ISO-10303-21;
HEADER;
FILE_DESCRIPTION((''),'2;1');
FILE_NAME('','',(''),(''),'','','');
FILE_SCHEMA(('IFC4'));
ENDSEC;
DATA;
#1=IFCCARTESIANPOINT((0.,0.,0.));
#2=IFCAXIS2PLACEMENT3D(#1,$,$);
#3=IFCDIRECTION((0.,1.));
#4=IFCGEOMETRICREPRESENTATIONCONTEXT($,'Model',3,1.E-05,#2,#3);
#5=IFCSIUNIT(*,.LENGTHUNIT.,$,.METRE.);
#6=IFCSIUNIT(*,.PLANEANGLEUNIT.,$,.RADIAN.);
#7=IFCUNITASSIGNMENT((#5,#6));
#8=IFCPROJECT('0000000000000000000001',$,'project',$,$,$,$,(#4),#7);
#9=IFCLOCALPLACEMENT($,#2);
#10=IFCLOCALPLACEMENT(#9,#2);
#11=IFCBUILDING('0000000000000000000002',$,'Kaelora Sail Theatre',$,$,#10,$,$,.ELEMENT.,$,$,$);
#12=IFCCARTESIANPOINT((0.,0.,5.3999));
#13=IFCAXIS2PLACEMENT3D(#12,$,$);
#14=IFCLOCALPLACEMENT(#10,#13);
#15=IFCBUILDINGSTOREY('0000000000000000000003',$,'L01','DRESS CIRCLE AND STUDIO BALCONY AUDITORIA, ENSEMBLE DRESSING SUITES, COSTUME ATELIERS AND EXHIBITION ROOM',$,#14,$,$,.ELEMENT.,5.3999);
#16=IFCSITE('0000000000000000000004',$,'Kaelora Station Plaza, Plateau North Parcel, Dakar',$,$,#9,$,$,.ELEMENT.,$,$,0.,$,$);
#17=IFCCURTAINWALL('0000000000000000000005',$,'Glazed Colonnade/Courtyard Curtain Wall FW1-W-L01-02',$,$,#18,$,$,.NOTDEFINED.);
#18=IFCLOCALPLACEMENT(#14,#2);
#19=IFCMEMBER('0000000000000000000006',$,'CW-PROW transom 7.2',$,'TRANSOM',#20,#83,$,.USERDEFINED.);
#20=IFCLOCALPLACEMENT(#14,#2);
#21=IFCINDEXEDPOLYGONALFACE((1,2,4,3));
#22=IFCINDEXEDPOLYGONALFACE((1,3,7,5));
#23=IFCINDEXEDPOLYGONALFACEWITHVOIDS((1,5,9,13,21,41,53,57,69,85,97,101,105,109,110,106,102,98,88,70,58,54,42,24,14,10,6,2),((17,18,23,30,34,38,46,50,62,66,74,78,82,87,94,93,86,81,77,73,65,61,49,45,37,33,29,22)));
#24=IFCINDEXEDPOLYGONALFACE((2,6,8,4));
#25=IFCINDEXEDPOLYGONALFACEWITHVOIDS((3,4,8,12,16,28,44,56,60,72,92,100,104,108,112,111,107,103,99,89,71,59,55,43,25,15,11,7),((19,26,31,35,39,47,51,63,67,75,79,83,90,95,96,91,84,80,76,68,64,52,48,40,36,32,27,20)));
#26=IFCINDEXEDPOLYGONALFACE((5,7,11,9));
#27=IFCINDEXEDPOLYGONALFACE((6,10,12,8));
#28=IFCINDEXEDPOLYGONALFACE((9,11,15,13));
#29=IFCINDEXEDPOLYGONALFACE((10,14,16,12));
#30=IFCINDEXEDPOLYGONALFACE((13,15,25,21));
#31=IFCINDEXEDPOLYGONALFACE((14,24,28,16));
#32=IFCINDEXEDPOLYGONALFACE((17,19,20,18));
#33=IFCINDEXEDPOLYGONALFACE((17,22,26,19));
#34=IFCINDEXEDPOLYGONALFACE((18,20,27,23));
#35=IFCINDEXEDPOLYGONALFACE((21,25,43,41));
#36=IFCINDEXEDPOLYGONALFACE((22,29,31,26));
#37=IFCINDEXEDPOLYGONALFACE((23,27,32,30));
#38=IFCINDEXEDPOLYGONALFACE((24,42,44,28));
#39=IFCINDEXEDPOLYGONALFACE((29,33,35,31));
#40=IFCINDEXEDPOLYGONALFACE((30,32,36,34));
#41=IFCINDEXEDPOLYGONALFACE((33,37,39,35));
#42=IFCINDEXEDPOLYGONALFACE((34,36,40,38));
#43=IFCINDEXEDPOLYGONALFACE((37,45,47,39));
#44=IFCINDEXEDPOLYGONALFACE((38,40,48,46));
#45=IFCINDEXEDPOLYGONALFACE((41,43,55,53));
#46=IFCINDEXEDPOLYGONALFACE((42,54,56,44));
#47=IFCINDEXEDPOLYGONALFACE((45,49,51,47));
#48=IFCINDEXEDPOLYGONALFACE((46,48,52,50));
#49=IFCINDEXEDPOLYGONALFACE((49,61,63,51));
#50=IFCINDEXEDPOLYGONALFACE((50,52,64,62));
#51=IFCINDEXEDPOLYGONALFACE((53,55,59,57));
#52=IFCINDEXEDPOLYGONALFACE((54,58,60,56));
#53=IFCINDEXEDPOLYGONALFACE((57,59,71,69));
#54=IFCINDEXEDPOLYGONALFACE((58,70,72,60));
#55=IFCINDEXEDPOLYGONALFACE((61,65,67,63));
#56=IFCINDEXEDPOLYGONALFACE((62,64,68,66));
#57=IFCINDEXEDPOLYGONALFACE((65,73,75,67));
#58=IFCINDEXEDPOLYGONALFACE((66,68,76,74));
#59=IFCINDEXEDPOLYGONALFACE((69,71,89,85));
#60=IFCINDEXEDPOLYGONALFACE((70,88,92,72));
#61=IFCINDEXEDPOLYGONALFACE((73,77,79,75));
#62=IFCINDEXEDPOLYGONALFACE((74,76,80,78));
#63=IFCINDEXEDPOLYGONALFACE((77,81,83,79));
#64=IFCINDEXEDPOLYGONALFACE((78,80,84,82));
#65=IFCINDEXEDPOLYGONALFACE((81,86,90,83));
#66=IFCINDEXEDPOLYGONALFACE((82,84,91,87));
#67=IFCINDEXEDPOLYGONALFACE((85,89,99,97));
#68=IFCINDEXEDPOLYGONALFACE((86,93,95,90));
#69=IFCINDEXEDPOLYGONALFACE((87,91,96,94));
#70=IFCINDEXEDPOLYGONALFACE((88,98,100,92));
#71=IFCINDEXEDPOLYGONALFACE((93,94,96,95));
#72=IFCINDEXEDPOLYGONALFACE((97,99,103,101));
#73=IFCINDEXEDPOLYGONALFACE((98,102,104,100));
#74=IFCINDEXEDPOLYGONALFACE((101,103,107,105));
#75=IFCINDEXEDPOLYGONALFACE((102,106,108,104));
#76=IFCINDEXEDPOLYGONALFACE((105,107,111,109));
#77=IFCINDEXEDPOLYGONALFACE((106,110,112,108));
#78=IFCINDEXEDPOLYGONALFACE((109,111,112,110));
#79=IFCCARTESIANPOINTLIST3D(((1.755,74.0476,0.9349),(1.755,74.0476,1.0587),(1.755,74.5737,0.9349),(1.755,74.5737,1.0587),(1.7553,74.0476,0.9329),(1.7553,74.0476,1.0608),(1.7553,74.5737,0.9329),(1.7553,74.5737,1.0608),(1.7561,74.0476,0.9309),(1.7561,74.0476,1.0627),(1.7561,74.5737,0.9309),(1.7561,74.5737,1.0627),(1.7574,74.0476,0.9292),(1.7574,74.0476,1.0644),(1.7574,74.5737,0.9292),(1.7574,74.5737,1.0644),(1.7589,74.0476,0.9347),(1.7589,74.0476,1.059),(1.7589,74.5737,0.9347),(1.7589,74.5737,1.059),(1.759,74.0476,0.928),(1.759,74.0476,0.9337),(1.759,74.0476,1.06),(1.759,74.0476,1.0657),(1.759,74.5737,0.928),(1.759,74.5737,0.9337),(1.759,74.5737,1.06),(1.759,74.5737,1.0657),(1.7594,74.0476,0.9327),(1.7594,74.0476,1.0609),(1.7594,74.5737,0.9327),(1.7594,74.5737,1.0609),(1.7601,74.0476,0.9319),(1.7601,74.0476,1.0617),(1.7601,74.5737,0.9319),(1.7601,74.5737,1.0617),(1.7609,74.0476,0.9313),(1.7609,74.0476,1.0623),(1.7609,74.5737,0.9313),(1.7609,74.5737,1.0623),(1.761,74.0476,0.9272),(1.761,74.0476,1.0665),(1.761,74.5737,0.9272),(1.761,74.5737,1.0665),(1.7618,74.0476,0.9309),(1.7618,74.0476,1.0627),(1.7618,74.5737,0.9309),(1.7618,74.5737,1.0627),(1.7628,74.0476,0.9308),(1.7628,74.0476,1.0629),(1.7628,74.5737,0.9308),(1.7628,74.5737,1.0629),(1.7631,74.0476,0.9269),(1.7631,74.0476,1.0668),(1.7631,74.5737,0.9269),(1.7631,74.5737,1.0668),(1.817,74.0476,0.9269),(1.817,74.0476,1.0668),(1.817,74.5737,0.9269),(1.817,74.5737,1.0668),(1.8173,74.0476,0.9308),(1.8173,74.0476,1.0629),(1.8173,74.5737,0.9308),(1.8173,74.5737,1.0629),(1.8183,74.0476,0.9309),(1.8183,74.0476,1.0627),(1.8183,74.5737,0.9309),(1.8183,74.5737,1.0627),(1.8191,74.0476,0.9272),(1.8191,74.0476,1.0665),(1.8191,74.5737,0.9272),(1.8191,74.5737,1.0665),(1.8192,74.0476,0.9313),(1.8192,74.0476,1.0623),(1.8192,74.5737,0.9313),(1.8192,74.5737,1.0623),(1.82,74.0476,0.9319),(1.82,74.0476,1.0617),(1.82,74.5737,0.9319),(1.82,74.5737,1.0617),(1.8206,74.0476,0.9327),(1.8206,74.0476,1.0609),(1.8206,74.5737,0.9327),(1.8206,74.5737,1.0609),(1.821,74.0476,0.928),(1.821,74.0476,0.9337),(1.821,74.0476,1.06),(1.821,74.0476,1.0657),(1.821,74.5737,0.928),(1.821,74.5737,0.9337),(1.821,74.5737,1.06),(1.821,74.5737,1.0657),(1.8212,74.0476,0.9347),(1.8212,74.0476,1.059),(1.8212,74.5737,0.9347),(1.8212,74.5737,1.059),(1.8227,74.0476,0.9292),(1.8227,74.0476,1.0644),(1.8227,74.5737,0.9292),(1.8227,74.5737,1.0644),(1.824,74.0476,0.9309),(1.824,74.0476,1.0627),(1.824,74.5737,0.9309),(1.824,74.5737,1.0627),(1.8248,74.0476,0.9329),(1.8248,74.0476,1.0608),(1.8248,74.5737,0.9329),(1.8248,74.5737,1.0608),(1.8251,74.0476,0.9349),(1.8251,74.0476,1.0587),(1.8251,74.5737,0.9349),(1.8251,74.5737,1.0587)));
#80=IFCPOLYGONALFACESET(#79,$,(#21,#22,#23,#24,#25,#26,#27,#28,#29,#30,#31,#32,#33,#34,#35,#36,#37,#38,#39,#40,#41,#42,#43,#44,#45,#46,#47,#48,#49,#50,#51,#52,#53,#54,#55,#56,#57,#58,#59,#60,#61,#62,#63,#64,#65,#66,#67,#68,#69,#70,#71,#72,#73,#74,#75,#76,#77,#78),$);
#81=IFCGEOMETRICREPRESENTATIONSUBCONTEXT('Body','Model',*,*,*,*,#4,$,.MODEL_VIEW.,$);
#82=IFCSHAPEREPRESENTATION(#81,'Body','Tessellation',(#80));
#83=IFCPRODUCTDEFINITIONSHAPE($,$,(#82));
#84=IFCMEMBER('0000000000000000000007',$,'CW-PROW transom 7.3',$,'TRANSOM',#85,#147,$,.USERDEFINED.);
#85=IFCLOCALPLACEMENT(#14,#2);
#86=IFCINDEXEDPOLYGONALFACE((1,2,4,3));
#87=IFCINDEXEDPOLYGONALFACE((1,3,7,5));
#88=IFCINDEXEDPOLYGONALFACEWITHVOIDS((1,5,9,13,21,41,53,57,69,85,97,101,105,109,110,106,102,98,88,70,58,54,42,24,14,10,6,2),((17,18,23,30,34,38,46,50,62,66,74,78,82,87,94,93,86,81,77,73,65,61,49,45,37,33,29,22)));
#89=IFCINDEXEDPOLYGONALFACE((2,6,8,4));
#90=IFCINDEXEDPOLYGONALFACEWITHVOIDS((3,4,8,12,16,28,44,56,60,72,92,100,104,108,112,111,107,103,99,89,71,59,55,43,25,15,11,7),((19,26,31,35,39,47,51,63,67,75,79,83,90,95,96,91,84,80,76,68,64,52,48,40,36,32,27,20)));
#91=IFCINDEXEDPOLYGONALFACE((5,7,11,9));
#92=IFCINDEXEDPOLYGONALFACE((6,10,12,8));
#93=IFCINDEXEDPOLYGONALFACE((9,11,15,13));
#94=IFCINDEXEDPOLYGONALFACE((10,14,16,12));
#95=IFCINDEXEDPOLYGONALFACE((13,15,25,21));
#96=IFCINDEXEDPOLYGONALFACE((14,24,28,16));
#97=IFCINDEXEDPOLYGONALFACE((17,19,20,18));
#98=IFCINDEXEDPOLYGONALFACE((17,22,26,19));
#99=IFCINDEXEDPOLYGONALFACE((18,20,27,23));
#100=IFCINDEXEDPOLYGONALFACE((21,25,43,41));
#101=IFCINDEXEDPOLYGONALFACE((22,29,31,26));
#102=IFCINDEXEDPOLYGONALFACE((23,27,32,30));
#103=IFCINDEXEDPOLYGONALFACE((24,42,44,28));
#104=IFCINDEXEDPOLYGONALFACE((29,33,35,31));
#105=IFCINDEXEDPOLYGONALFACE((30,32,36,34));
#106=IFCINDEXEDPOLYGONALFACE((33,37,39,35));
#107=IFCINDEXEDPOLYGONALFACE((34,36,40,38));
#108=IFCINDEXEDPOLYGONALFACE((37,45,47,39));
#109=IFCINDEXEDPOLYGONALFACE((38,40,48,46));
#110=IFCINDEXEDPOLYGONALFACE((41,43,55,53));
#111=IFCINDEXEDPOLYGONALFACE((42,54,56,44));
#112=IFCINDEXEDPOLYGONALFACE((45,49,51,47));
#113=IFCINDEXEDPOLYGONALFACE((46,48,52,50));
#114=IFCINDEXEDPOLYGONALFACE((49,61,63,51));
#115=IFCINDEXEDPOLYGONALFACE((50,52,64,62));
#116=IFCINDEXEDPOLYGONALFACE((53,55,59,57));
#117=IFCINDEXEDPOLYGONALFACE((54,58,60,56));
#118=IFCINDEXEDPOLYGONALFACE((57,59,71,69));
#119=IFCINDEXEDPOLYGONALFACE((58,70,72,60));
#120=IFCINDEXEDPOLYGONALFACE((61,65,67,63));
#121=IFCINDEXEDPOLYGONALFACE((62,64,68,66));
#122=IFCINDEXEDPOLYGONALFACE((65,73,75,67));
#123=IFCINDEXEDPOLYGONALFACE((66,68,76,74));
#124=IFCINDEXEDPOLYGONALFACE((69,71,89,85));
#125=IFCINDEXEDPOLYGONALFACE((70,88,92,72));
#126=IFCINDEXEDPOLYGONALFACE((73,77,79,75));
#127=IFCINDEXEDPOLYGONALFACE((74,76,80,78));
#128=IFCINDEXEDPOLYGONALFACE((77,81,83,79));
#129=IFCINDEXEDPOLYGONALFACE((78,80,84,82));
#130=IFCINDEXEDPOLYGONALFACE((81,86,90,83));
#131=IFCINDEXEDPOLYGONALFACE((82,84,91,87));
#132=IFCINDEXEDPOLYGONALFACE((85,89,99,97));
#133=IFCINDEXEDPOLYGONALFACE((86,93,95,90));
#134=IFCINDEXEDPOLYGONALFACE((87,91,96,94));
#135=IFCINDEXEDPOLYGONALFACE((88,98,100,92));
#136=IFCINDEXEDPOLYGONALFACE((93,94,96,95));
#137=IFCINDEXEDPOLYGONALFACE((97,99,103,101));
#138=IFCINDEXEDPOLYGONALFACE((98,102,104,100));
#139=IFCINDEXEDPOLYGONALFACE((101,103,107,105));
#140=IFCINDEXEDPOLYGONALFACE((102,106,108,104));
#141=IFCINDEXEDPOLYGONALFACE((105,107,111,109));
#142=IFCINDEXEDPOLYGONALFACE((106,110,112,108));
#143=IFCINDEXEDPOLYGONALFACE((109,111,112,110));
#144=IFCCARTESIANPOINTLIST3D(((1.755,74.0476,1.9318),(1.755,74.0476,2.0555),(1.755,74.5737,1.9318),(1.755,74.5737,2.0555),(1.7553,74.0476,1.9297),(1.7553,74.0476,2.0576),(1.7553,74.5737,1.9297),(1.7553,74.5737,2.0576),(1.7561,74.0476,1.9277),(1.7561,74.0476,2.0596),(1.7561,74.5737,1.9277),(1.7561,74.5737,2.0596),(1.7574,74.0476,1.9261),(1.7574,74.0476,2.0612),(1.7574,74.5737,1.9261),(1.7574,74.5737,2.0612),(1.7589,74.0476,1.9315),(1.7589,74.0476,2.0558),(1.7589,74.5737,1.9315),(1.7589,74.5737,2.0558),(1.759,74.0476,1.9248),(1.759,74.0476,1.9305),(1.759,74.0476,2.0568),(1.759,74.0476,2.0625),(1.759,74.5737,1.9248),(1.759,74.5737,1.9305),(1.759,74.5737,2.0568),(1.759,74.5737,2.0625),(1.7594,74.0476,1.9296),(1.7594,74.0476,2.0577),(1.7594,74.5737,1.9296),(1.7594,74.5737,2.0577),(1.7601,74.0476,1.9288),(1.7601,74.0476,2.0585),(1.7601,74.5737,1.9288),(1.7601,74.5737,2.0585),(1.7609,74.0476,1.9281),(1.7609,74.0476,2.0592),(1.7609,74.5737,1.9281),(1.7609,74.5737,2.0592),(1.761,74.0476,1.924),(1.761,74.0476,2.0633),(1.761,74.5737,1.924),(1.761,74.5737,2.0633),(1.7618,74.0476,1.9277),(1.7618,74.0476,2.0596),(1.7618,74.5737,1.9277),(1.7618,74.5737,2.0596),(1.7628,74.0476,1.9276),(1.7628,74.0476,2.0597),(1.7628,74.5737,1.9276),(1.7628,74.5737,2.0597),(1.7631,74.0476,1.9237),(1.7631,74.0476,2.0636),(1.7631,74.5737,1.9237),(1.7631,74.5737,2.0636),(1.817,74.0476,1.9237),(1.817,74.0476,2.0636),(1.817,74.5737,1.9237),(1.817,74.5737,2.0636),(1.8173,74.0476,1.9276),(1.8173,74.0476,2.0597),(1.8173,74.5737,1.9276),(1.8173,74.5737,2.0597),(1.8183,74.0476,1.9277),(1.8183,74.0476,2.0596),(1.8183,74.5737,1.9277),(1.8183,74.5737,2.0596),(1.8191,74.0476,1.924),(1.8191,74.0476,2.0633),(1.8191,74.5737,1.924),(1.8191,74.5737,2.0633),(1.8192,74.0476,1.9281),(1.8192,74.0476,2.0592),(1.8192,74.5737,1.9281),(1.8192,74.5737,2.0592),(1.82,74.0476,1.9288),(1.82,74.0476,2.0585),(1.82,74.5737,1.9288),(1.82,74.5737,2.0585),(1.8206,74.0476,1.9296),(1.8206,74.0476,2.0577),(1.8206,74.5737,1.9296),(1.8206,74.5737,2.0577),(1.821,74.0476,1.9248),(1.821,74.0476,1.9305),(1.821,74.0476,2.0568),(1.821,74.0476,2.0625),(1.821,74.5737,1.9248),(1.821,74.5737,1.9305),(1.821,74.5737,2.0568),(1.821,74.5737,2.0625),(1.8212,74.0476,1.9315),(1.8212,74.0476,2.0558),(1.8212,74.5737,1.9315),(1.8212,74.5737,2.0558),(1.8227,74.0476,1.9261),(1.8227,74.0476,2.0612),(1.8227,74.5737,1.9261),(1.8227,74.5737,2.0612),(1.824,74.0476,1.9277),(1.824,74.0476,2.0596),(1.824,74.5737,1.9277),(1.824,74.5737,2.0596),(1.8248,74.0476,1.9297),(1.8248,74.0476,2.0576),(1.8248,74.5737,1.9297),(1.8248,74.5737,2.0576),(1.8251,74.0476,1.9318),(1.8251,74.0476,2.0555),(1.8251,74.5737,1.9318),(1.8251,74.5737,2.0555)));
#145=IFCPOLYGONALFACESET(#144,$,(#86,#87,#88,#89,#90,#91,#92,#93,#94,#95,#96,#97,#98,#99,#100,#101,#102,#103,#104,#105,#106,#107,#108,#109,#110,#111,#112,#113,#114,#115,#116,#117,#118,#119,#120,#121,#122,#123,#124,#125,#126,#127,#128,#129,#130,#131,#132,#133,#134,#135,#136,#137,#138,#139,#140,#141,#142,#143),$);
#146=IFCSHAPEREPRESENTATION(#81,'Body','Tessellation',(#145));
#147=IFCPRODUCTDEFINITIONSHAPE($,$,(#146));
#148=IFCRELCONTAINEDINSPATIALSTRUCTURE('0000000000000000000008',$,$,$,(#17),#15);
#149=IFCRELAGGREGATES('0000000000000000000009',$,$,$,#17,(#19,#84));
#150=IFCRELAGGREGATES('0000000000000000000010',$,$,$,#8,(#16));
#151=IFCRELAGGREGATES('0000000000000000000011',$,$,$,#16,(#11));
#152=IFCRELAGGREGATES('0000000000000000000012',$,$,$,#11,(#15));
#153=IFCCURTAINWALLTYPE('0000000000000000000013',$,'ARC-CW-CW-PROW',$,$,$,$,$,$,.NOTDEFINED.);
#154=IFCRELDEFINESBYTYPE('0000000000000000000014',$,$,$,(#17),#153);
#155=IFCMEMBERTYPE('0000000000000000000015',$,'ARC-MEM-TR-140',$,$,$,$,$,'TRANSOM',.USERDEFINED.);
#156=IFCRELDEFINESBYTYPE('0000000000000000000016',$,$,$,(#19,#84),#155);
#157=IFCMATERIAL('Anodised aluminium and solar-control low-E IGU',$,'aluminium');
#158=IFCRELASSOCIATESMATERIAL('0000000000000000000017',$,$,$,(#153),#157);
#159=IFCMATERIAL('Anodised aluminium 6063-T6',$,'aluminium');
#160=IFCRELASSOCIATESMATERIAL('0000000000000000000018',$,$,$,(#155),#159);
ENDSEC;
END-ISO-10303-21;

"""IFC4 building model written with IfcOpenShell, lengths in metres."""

from ifc_helpers import new_model, si_unit, direction, frame, origin, origin_2d, place, context, subcontext, project, spatial, hollow_rectangle, extrude, material, material_profile, profile_set, type_object, element, aggregate, save


model = new_model("IFC4")

# Units and contexts
model_context = context("Model", 3, precision=1e-05, world=origin(), true_north=direction((0.0, 1.0)))
body_context = subcontext(model_context, "Body", "Model", "MODEL_VIEW")
ifc_project = project(units=[si_unit("LENGTHUNIT", "METRE"), si_unit("PLANEANGLEUNIT", "RADIAN")], contexts=[model_context])

# Site, building, storey
site_placement = place(None, origin())
site = spatial("IfcSite", under=ifc_project, at=site_placement, Name="Kaelora Station Plaza, Plateau North Parcel, Dakar", CompositionType="ELEMENT", RefElevation=0.0)
building_placement = place(site_placement, origin())
building = spatial("IfcBuilding", under=site, at=building_placement, Name="Kaelora Sail Theatre", CompositionType="ELEMENT")
storey_placement = place(building_placement, frame((0.0, 0.0, 5.3999)))
storey = spatial("IfcBuildingStorey", under=building, at=storey_placement, Name="L01", Description="DRESS CIRCLE AND STUDIO BALCONY AUDITORIA, ENSEMBLE DRESSING SUITES, COSTUME ATELIERS AND EXHIBITION ROOM", CompositionType="ELEMENT", Elevation=5.3999)

# Curtain wall, members
ifc_material_1 = material(Name="Anodised aluminium and solar-control low-E IGU", Category="aluminium")
curtain_wall_type = type_object("IfcCurtainWallType", Name="ARC-CW-CW-PROW", PredefinedType="NOTDEFINED", material=ifc_material_1)
curtain_wall_placement = place(storey_placement, origin())
curtain_wall = element("IfcCurtainWall", 1, at=curtain_wall_placement, inside=storey, type_object=curtain_wall_type, Name="Glazed Colonnade/Courtyard Curtain Wall FW1-W-L01-02", PredefinedType="NOTDEFINED")
ifc_material_2 = material(Name="Anodised aluminium 6063-T6", Category="aluminium")
ifc_material_profile_1 = material_profile(ifc_material_2, hollow_rectangle(XDim=0.0701, YDim=0.1399, WallThickness=0.0039, InnerFilletRadius=0.0039, OuterFilletRadius=0.0081, at=origin_2d()), Name="ALU-TRAN 70x140x4")
ifc_profile_set_1 = profile_set([ifc_material_profile_1], Name="Anodised aluminium 6063-T6")
member_type_1 = type_object("IfcMemberType", Name="ARC-MEM-TR-140", ElementType="TRANSOM", PredefinedType="USERDEFINED", material=ifc_profile_set_1)
member_1_placement = place(storey_placement, frame((1.79, 74.0476, 0.9968), z_axis=(0.0, 1.0, 0.0), x_axis=(-1.0, 0.0, 0.0)))
member_1 = element("IfcMember", 2, at=member_1_placement, type_object=member_type_1, Name="CW-PROW transom 7.2", ObjectType="TRANSOM", PredefinedType="USERDEFINED", context=body_context, shape_type="SweptSolid", body=[
    extrude(hollow_rectangle(XDim=0.0701, YDim=0.1399, WallThickness=0.0039, InnerFilletRadius=0.0039, OuterFilletRadius=0.0081, at=origin_2d()), origin(), (0.0, 0.0, 1.0), 0.5261),
])
member_2_placement = place(storey_placement, frame((1.79, 74.0476, 1.9937), z_axis=(0.0, 1.0, 0.0), x_axis=(-1.0, 0.0, 0.0)))
member_2 = element("IfcMember", 3, at=member_2_placement, type_object=member_type_1, Name="CW-PROW transom 7.3", ObjectType="TRANSOM", PredefinedType="USERDEFINED", context=body_context, shape_type="SweptSolid", body=[
    extrude(hollow_rectangle(XDim=0.0701, YDim=0.1399, WallThickness=0.0039, InnerFilletRadius=0.0039, OuterFilletRadius=0.0081, at=origin_2d()), origin(), (0.0, 0.0, 1.0), 0.5261),
])
aggregate(curtain_wall, [member_1, member_2])

save(model, "model.ifc")
